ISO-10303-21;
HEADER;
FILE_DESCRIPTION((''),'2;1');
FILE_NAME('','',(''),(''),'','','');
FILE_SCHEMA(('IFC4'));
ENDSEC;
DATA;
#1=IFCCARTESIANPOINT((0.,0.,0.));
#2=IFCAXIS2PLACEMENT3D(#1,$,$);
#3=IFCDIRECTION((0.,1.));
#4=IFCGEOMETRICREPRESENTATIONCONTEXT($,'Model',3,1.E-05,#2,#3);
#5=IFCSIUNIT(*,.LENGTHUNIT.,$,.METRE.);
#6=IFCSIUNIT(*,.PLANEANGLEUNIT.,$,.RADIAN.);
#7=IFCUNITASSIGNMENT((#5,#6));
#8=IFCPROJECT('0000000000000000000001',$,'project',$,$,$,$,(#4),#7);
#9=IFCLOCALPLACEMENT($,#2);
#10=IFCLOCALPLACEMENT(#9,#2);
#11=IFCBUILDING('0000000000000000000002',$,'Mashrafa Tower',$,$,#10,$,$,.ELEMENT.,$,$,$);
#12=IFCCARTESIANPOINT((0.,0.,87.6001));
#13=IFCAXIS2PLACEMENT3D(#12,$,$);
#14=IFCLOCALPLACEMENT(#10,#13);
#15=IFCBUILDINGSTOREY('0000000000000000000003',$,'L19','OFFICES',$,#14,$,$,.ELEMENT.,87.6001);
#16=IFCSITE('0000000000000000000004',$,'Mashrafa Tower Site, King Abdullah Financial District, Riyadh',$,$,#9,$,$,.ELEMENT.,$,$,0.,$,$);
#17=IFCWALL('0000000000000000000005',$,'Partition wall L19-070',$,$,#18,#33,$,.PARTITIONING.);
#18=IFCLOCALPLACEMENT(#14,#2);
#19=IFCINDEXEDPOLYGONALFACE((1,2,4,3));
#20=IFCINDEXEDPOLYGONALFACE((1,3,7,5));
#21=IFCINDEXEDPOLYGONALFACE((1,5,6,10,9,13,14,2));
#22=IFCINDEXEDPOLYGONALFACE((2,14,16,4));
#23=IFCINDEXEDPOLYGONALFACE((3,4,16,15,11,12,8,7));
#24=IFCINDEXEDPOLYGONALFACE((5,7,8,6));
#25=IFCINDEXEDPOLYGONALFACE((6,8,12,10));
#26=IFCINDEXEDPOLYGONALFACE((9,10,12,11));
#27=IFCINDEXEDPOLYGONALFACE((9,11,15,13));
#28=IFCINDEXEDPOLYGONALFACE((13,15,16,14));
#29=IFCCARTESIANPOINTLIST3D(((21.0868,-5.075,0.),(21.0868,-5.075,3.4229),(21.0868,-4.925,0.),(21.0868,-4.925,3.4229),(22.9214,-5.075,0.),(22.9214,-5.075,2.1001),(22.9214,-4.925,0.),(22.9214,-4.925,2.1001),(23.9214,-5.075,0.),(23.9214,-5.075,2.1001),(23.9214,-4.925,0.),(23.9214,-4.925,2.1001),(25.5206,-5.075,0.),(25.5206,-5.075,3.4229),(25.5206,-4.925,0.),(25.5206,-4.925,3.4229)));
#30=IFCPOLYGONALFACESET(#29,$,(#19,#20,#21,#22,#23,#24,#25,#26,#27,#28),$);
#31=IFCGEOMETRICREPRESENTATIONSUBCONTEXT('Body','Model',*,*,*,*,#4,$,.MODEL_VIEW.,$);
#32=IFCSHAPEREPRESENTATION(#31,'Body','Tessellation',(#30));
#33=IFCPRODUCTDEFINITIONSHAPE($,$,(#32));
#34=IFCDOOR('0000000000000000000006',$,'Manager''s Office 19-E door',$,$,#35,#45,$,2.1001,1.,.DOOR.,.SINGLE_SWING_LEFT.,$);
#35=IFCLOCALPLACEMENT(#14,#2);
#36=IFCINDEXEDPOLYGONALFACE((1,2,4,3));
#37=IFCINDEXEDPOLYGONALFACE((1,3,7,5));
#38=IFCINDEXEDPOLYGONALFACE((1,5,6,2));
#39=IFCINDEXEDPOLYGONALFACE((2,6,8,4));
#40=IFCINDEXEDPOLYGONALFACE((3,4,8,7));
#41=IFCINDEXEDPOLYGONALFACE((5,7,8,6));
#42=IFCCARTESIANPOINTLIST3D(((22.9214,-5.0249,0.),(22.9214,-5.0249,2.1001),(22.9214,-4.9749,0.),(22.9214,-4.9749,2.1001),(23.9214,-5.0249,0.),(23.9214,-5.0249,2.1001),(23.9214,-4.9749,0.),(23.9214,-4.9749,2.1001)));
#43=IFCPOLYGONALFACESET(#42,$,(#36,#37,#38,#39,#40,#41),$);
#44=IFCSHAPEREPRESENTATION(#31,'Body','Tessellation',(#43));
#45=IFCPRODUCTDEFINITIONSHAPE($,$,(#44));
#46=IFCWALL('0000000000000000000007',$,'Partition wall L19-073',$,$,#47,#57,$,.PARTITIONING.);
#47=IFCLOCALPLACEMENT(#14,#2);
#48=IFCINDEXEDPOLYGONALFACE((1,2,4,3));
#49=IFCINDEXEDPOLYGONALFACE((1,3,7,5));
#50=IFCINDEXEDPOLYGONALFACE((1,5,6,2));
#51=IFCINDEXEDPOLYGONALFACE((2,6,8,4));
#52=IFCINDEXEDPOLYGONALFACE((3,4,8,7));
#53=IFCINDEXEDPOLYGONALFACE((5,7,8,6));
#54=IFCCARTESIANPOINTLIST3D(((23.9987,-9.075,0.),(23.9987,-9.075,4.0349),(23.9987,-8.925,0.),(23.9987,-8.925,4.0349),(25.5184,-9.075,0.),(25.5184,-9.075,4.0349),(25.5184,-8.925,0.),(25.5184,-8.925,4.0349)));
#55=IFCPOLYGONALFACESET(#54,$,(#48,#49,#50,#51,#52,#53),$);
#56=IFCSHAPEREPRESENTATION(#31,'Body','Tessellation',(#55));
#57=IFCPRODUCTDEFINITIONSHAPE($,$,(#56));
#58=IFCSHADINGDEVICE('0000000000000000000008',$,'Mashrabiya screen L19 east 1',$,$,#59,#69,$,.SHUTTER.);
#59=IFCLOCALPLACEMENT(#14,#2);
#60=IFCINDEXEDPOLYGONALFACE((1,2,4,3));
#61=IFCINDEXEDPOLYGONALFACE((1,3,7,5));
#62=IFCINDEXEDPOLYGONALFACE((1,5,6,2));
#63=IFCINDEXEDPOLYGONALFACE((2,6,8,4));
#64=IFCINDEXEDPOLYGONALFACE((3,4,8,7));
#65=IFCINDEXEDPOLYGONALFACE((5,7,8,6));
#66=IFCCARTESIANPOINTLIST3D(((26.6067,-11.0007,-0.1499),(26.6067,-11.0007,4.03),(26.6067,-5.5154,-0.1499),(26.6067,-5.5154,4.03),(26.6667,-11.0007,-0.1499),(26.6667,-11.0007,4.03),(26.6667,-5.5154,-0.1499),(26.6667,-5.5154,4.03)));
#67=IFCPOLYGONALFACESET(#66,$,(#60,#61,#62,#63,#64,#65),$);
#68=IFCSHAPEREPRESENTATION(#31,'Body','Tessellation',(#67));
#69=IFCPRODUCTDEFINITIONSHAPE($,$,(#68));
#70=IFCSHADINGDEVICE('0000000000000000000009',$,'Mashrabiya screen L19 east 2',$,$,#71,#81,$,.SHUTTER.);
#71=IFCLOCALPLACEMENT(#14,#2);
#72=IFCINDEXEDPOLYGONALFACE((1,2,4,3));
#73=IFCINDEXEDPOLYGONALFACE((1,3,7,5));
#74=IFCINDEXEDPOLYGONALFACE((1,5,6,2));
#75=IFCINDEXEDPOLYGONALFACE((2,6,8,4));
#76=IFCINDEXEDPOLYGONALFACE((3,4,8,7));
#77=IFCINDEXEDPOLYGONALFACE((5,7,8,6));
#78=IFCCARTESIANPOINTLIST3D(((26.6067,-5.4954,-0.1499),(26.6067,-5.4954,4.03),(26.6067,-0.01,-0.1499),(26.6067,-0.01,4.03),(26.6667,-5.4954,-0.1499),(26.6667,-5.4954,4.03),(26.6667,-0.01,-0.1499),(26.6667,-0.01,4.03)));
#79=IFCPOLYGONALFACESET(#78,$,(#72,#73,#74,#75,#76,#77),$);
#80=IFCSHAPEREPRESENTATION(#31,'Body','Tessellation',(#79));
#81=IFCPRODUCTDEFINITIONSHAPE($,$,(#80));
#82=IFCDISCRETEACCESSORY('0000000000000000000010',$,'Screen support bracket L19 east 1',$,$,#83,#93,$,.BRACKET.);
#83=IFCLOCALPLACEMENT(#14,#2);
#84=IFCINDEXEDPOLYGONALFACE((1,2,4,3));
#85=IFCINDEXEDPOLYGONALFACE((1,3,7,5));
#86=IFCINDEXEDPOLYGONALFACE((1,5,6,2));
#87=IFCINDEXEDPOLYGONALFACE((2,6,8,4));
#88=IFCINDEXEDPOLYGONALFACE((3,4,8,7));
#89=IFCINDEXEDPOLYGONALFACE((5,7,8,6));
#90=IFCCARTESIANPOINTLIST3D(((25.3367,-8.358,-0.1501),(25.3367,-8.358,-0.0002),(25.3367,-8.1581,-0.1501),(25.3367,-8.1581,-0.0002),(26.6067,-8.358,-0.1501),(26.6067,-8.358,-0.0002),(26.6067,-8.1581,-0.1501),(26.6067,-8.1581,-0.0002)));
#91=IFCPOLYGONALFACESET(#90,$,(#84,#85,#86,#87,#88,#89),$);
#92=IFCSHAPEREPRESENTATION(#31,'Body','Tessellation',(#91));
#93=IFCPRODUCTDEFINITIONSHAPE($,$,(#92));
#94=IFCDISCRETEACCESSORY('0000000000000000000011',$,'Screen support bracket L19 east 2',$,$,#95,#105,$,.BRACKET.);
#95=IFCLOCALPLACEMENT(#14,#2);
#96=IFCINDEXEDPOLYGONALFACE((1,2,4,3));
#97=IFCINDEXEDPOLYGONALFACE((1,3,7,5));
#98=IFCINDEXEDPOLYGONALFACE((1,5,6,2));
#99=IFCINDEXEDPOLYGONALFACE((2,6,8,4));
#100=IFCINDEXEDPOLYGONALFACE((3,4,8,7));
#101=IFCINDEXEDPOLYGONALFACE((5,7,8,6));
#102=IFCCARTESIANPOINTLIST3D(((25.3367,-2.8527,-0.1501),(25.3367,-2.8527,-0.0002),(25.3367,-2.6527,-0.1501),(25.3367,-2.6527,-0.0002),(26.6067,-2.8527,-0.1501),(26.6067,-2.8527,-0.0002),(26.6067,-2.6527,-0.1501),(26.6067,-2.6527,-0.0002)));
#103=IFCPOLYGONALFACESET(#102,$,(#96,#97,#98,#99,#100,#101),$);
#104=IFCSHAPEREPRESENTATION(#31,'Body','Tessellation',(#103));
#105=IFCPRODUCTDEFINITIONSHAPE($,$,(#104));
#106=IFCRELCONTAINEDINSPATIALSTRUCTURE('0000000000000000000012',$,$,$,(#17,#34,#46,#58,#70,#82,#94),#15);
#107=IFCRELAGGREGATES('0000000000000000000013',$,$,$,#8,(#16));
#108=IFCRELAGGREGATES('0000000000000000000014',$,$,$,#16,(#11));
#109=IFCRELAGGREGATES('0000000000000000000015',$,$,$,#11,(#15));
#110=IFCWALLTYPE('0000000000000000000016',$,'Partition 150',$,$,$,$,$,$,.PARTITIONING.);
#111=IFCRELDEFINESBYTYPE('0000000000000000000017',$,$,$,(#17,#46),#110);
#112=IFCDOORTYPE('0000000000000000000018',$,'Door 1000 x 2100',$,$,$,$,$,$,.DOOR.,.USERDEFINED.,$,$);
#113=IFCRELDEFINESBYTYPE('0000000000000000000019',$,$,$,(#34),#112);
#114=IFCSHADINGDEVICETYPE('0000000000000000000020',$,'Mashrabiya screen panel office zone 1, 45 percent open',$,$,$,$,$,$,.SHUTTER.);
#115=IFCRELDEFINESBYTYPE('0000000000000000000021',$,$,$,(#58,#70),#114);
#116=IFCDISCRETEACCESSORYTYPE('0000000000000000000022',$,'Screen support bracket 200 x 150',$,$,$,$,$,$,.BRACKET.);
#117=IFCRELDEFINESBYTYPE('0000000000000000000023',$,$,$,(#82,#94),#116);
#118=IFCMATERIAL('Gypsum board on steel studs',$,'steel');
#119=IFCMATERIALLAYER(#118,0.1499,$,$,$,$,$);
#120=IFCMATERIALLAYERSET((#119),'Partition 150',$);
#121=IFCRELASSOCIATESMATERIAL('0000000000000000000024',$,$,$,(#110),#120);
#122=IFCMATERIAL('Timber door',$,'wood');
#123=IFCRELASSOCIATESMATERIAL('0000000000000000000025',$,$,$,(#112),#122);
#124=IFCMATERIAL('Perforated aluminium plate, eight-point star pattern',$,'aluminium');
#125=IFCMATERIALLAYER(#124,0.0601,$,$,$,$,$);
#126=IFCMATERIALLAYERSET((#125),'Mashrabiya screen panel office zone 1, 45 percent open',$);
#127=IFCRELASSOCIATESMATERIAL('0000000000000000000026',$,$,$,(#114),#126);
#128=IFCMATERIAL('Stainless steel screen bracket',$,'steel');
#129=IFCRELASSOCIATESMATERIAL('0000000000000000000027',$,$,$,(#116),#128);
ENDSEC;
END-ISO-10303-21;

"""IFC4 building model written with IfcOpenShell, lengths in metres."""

from ifc_helpers import new_model, si_unit, direction, frame, frame_2d, origin, origin_2d, place, context, subcontext, project, spatial, rectangle, extrude, source, transform, mapped, material, layer, layer_set, type_object, type_shapes, element, fill, save


model = new_model("IFC4")

# Units and contexts
model_context = context("Model", 3, precision=1e-05, world=origin(), true_north=direction((0.0, 1.0)))
body_context = subcontext(model_context, "Body", "Model", "MODEL_VIEW")
ifc_project = project(units=[si_unit("LENGTHUNIT", "METRE"), si_unit("PLANEANGLEUNIT", "RADIAN")], contexts=[model_context])

# Site, building, storey
site_placement = place(None, origin())
site = spatial("IfcSite", under=ifc_project, at=site_placement, Name="Mashrafa Tower Site, King Abdullah Financial District, Riyadh", CompositionType="ELEMENT", RefElevation=0.0)
building_placement = place(site_placement, origin())
building = spatial("IfcBuilding", under=site, at=building_placement, Name="Mashrafa Tower", CompositionType="ELEMENT")
storey_placement = place(building_placement, frame((0.0, 0.0, 87.6001)))
storey = spatial("IfcBuildingStorey", under=building, at=storey_placement, Name="L19", Description="OFFICES", CompositionType="ELEMENT", Elevation=87.6001)

# Wall, opening, door
ifc_material_1 = material(Name="Gypsum board on steel studs", Category="steel")
ifc_layer_1 = layer(ifc_material_1, 0.1499)
ifc_layer_set_1 = layer_set([ifc_layer_1], Name="Partition 150")
wall_type = type_object("IfcWallType", Name="Partition 150", PredefinedType="PARTITIONING", material=ifc_layer_set_1)
wall_1_placement = place(storey_placement, frame((25.5205, -5.0, 0.0), z_axis=(0.0, 0.0, 1.0), x_axis=(-1.0, 0.0, 0.0)))
wall_1 = element("IfcWall", 1, at=wall_1_placement, inside=storey, type_object=wall_type, Name="Partition wall L19-070", PredefinedType="PARTITIONING", context=body_context, shape_type="SweptSolid", body=[
    extrude(rectangle(XDim=4.4338, YDim=0.1499, at=frame_2d((2.2168, 0.0))), origin(), (0.0, 0.0, 1.0), 3.4229),
])
opening_placement = place(wall_1_placement, frame((1.5991, 0.0, 0.0)))
opening = element("IfcOpeningElement", 2, at=opening_placement, cuts=wall_1, PredefinedType="OPENING", context=body_context, shape_type="SweptSolid", body=[
    extrude(rectangle(XDim=1.0, YDim=2.1001, at=frame_2d((0.5, 1.05))), frame((0.0, 0.085, 0.0), z_axis=(0.0, -1.0, 0.0), x_axis=(1.0, 0.0, 0.0)), (0.0, 0.0, 1.0), 0.1699),
])
ifc_material_2 = material(Name="Timber door", Category="wood")
door_type = type_object("IfcDoorType", Name="Door 1000 x 2100", OperationType="USERDEFINED", PredefinedType="DOOR", material=ifc_material_2)
door_placement = place(opening_placement, origin())
door = element("IfcDoor", 3, at=door_placement, inside=storey, type_object=door_type, Name="Manager's Office 19-E door", OperationType="SINGLE_SWING_LEFT", OverallHeight=2.1001, OverallWidth=1.0, PredefinedType="DOOR", context=body_context, shape_type="SweptSolid", body=[
    extrude(rectangle(XDim=1.0, YDim=2.1001, at=frame_2d((0.5, 1.05))), frame((0.0, 0.0249, 0.0), z_axis=(0.0, -1.0, 0.0), x_axis=(1.0, 0.0, 0.0)), (0.0, 0.0, 1.0), 0.05),
])
fill(opening, door)

# Wall
wall_2_placement = place(storey_placement, frame((23.9988, -9.0, 0.0), z_axis=(0.0, 0.0, 1.0), x_axis=(1.0, 0.0, 0.0)))
element("IfcWall", 4, at=wall_2_placement, inside=storey, type_object=wall_type, Name="Partition wall L19-073", PredefinedType="PARTITIONING", context=body_context, shape_type="SweptSolid", body=[
    extrude(rectangle(XDim=1.5198, YDim=0.1499, at=frame_2d((0.7598, 0.0))), origin(), (0.0, 0.0, 1.0), 4.0349),
])

# Shading devices
ifc_material_3 = material(Name="Perforated aluminium plate, eight-point star pattern", Category="aluminium")
ifc_layer_2 = layer(ifc_material_3, 0.0601)
ifc_layer_set_2 = layer_set([ifc_layer_2], Name="Mashrabiya screen panel office zone 1, 45 percent open")
shading_device_type = type_object("IfcShadingDeviceType", Name="Mashrabiya screen panel office zone 1, 45 percent open", PredefinedType="SHUTTER", material=ifc_layer_set_2)
shared_shape_1 = source(origin(), body_context, "Body", "SweptSolid", [
    extrude(rectangle(XDim=5.4854, YDim=0.0601, at=origin_2d()), origin(), (0.0, 0.0, 1.0), 4.1799),
])
type_shapes(shading_device_type, [shared_shape_1])
for number, where, z_axis, x_axis, name in (
    (5, (26.6367, -8.2581, -0.1499), (0.0, 0.0, 1.0), (0.0, 1.0, 0.0), "Mashrabiya screen L19 east 1"),
    (6, (26.6367, -2.7527, -0.1499), (0.0, 0.0, 1.0), (0.0, 1.0, 0.0), "Mashrabiya screen L19 east 2"),
):
    element("IfcShadingDevice", number, at=place(storey_placement, frame(where, z_axis=z_axis, x_axis=x_axis)), inside=storey, type_object=shading_device_type, Name=name, PredefinedType="SHUTTER", context=body_context, shape_type="MappedRepresentation", body=[
        mapped(shared_shape_1, transform((0.0, 0.0, 0.0))),
    ])

# Discrete accessories
ifc_material_4 = material(Name="Stainless steel screen bracket", Category="steel")
discrete_accessory_type = type_object("IfcDiscreteAccessoryType", Name="Screen support bracket 200 x 150", PredefinedType="BRACKET", material=ifc_material_4)
shared_shape_2 = source(origin(), body_context, "Body", "SweptSolid", [
    extrude(rectangle(XDim=0.2, YDim=1.27, at=origin_2d()), origin(), (0.0, 0.0, 1.0), 0.1499),
])
type_shapes(discrete_accessory_type, [shared_shape_2])
for number, where, z_axis, x_axis, name in (
    (7, (25.9717, -8.2581, -0.1501), (0.0, 0.0, 1.0), (0.0, 1.0, 0.0), "Screen support bracket L19 east 1"),
    (8, (25.9717, -2.7527, -0.1501), (0.0, 0.0, 1.0), (0.0, 1.0, 0.0), "Screen support bracket L19 east 2"),
):
    element("IfcDiscreteAccessory", number, at=place(storey_placement, frame(where, z_axis=z_axis, x_axis=x_axis)), inside=storey, type_object=discrete_accessory_type, Name=name, PredefinedType="BRACKET", context=body_context, shape_type="MappedRepresentation", body=[
        mapped(shared_shape_2, transform((0.0, 0.0, 0.0))),
    ])

save(model, "model.ifc")
